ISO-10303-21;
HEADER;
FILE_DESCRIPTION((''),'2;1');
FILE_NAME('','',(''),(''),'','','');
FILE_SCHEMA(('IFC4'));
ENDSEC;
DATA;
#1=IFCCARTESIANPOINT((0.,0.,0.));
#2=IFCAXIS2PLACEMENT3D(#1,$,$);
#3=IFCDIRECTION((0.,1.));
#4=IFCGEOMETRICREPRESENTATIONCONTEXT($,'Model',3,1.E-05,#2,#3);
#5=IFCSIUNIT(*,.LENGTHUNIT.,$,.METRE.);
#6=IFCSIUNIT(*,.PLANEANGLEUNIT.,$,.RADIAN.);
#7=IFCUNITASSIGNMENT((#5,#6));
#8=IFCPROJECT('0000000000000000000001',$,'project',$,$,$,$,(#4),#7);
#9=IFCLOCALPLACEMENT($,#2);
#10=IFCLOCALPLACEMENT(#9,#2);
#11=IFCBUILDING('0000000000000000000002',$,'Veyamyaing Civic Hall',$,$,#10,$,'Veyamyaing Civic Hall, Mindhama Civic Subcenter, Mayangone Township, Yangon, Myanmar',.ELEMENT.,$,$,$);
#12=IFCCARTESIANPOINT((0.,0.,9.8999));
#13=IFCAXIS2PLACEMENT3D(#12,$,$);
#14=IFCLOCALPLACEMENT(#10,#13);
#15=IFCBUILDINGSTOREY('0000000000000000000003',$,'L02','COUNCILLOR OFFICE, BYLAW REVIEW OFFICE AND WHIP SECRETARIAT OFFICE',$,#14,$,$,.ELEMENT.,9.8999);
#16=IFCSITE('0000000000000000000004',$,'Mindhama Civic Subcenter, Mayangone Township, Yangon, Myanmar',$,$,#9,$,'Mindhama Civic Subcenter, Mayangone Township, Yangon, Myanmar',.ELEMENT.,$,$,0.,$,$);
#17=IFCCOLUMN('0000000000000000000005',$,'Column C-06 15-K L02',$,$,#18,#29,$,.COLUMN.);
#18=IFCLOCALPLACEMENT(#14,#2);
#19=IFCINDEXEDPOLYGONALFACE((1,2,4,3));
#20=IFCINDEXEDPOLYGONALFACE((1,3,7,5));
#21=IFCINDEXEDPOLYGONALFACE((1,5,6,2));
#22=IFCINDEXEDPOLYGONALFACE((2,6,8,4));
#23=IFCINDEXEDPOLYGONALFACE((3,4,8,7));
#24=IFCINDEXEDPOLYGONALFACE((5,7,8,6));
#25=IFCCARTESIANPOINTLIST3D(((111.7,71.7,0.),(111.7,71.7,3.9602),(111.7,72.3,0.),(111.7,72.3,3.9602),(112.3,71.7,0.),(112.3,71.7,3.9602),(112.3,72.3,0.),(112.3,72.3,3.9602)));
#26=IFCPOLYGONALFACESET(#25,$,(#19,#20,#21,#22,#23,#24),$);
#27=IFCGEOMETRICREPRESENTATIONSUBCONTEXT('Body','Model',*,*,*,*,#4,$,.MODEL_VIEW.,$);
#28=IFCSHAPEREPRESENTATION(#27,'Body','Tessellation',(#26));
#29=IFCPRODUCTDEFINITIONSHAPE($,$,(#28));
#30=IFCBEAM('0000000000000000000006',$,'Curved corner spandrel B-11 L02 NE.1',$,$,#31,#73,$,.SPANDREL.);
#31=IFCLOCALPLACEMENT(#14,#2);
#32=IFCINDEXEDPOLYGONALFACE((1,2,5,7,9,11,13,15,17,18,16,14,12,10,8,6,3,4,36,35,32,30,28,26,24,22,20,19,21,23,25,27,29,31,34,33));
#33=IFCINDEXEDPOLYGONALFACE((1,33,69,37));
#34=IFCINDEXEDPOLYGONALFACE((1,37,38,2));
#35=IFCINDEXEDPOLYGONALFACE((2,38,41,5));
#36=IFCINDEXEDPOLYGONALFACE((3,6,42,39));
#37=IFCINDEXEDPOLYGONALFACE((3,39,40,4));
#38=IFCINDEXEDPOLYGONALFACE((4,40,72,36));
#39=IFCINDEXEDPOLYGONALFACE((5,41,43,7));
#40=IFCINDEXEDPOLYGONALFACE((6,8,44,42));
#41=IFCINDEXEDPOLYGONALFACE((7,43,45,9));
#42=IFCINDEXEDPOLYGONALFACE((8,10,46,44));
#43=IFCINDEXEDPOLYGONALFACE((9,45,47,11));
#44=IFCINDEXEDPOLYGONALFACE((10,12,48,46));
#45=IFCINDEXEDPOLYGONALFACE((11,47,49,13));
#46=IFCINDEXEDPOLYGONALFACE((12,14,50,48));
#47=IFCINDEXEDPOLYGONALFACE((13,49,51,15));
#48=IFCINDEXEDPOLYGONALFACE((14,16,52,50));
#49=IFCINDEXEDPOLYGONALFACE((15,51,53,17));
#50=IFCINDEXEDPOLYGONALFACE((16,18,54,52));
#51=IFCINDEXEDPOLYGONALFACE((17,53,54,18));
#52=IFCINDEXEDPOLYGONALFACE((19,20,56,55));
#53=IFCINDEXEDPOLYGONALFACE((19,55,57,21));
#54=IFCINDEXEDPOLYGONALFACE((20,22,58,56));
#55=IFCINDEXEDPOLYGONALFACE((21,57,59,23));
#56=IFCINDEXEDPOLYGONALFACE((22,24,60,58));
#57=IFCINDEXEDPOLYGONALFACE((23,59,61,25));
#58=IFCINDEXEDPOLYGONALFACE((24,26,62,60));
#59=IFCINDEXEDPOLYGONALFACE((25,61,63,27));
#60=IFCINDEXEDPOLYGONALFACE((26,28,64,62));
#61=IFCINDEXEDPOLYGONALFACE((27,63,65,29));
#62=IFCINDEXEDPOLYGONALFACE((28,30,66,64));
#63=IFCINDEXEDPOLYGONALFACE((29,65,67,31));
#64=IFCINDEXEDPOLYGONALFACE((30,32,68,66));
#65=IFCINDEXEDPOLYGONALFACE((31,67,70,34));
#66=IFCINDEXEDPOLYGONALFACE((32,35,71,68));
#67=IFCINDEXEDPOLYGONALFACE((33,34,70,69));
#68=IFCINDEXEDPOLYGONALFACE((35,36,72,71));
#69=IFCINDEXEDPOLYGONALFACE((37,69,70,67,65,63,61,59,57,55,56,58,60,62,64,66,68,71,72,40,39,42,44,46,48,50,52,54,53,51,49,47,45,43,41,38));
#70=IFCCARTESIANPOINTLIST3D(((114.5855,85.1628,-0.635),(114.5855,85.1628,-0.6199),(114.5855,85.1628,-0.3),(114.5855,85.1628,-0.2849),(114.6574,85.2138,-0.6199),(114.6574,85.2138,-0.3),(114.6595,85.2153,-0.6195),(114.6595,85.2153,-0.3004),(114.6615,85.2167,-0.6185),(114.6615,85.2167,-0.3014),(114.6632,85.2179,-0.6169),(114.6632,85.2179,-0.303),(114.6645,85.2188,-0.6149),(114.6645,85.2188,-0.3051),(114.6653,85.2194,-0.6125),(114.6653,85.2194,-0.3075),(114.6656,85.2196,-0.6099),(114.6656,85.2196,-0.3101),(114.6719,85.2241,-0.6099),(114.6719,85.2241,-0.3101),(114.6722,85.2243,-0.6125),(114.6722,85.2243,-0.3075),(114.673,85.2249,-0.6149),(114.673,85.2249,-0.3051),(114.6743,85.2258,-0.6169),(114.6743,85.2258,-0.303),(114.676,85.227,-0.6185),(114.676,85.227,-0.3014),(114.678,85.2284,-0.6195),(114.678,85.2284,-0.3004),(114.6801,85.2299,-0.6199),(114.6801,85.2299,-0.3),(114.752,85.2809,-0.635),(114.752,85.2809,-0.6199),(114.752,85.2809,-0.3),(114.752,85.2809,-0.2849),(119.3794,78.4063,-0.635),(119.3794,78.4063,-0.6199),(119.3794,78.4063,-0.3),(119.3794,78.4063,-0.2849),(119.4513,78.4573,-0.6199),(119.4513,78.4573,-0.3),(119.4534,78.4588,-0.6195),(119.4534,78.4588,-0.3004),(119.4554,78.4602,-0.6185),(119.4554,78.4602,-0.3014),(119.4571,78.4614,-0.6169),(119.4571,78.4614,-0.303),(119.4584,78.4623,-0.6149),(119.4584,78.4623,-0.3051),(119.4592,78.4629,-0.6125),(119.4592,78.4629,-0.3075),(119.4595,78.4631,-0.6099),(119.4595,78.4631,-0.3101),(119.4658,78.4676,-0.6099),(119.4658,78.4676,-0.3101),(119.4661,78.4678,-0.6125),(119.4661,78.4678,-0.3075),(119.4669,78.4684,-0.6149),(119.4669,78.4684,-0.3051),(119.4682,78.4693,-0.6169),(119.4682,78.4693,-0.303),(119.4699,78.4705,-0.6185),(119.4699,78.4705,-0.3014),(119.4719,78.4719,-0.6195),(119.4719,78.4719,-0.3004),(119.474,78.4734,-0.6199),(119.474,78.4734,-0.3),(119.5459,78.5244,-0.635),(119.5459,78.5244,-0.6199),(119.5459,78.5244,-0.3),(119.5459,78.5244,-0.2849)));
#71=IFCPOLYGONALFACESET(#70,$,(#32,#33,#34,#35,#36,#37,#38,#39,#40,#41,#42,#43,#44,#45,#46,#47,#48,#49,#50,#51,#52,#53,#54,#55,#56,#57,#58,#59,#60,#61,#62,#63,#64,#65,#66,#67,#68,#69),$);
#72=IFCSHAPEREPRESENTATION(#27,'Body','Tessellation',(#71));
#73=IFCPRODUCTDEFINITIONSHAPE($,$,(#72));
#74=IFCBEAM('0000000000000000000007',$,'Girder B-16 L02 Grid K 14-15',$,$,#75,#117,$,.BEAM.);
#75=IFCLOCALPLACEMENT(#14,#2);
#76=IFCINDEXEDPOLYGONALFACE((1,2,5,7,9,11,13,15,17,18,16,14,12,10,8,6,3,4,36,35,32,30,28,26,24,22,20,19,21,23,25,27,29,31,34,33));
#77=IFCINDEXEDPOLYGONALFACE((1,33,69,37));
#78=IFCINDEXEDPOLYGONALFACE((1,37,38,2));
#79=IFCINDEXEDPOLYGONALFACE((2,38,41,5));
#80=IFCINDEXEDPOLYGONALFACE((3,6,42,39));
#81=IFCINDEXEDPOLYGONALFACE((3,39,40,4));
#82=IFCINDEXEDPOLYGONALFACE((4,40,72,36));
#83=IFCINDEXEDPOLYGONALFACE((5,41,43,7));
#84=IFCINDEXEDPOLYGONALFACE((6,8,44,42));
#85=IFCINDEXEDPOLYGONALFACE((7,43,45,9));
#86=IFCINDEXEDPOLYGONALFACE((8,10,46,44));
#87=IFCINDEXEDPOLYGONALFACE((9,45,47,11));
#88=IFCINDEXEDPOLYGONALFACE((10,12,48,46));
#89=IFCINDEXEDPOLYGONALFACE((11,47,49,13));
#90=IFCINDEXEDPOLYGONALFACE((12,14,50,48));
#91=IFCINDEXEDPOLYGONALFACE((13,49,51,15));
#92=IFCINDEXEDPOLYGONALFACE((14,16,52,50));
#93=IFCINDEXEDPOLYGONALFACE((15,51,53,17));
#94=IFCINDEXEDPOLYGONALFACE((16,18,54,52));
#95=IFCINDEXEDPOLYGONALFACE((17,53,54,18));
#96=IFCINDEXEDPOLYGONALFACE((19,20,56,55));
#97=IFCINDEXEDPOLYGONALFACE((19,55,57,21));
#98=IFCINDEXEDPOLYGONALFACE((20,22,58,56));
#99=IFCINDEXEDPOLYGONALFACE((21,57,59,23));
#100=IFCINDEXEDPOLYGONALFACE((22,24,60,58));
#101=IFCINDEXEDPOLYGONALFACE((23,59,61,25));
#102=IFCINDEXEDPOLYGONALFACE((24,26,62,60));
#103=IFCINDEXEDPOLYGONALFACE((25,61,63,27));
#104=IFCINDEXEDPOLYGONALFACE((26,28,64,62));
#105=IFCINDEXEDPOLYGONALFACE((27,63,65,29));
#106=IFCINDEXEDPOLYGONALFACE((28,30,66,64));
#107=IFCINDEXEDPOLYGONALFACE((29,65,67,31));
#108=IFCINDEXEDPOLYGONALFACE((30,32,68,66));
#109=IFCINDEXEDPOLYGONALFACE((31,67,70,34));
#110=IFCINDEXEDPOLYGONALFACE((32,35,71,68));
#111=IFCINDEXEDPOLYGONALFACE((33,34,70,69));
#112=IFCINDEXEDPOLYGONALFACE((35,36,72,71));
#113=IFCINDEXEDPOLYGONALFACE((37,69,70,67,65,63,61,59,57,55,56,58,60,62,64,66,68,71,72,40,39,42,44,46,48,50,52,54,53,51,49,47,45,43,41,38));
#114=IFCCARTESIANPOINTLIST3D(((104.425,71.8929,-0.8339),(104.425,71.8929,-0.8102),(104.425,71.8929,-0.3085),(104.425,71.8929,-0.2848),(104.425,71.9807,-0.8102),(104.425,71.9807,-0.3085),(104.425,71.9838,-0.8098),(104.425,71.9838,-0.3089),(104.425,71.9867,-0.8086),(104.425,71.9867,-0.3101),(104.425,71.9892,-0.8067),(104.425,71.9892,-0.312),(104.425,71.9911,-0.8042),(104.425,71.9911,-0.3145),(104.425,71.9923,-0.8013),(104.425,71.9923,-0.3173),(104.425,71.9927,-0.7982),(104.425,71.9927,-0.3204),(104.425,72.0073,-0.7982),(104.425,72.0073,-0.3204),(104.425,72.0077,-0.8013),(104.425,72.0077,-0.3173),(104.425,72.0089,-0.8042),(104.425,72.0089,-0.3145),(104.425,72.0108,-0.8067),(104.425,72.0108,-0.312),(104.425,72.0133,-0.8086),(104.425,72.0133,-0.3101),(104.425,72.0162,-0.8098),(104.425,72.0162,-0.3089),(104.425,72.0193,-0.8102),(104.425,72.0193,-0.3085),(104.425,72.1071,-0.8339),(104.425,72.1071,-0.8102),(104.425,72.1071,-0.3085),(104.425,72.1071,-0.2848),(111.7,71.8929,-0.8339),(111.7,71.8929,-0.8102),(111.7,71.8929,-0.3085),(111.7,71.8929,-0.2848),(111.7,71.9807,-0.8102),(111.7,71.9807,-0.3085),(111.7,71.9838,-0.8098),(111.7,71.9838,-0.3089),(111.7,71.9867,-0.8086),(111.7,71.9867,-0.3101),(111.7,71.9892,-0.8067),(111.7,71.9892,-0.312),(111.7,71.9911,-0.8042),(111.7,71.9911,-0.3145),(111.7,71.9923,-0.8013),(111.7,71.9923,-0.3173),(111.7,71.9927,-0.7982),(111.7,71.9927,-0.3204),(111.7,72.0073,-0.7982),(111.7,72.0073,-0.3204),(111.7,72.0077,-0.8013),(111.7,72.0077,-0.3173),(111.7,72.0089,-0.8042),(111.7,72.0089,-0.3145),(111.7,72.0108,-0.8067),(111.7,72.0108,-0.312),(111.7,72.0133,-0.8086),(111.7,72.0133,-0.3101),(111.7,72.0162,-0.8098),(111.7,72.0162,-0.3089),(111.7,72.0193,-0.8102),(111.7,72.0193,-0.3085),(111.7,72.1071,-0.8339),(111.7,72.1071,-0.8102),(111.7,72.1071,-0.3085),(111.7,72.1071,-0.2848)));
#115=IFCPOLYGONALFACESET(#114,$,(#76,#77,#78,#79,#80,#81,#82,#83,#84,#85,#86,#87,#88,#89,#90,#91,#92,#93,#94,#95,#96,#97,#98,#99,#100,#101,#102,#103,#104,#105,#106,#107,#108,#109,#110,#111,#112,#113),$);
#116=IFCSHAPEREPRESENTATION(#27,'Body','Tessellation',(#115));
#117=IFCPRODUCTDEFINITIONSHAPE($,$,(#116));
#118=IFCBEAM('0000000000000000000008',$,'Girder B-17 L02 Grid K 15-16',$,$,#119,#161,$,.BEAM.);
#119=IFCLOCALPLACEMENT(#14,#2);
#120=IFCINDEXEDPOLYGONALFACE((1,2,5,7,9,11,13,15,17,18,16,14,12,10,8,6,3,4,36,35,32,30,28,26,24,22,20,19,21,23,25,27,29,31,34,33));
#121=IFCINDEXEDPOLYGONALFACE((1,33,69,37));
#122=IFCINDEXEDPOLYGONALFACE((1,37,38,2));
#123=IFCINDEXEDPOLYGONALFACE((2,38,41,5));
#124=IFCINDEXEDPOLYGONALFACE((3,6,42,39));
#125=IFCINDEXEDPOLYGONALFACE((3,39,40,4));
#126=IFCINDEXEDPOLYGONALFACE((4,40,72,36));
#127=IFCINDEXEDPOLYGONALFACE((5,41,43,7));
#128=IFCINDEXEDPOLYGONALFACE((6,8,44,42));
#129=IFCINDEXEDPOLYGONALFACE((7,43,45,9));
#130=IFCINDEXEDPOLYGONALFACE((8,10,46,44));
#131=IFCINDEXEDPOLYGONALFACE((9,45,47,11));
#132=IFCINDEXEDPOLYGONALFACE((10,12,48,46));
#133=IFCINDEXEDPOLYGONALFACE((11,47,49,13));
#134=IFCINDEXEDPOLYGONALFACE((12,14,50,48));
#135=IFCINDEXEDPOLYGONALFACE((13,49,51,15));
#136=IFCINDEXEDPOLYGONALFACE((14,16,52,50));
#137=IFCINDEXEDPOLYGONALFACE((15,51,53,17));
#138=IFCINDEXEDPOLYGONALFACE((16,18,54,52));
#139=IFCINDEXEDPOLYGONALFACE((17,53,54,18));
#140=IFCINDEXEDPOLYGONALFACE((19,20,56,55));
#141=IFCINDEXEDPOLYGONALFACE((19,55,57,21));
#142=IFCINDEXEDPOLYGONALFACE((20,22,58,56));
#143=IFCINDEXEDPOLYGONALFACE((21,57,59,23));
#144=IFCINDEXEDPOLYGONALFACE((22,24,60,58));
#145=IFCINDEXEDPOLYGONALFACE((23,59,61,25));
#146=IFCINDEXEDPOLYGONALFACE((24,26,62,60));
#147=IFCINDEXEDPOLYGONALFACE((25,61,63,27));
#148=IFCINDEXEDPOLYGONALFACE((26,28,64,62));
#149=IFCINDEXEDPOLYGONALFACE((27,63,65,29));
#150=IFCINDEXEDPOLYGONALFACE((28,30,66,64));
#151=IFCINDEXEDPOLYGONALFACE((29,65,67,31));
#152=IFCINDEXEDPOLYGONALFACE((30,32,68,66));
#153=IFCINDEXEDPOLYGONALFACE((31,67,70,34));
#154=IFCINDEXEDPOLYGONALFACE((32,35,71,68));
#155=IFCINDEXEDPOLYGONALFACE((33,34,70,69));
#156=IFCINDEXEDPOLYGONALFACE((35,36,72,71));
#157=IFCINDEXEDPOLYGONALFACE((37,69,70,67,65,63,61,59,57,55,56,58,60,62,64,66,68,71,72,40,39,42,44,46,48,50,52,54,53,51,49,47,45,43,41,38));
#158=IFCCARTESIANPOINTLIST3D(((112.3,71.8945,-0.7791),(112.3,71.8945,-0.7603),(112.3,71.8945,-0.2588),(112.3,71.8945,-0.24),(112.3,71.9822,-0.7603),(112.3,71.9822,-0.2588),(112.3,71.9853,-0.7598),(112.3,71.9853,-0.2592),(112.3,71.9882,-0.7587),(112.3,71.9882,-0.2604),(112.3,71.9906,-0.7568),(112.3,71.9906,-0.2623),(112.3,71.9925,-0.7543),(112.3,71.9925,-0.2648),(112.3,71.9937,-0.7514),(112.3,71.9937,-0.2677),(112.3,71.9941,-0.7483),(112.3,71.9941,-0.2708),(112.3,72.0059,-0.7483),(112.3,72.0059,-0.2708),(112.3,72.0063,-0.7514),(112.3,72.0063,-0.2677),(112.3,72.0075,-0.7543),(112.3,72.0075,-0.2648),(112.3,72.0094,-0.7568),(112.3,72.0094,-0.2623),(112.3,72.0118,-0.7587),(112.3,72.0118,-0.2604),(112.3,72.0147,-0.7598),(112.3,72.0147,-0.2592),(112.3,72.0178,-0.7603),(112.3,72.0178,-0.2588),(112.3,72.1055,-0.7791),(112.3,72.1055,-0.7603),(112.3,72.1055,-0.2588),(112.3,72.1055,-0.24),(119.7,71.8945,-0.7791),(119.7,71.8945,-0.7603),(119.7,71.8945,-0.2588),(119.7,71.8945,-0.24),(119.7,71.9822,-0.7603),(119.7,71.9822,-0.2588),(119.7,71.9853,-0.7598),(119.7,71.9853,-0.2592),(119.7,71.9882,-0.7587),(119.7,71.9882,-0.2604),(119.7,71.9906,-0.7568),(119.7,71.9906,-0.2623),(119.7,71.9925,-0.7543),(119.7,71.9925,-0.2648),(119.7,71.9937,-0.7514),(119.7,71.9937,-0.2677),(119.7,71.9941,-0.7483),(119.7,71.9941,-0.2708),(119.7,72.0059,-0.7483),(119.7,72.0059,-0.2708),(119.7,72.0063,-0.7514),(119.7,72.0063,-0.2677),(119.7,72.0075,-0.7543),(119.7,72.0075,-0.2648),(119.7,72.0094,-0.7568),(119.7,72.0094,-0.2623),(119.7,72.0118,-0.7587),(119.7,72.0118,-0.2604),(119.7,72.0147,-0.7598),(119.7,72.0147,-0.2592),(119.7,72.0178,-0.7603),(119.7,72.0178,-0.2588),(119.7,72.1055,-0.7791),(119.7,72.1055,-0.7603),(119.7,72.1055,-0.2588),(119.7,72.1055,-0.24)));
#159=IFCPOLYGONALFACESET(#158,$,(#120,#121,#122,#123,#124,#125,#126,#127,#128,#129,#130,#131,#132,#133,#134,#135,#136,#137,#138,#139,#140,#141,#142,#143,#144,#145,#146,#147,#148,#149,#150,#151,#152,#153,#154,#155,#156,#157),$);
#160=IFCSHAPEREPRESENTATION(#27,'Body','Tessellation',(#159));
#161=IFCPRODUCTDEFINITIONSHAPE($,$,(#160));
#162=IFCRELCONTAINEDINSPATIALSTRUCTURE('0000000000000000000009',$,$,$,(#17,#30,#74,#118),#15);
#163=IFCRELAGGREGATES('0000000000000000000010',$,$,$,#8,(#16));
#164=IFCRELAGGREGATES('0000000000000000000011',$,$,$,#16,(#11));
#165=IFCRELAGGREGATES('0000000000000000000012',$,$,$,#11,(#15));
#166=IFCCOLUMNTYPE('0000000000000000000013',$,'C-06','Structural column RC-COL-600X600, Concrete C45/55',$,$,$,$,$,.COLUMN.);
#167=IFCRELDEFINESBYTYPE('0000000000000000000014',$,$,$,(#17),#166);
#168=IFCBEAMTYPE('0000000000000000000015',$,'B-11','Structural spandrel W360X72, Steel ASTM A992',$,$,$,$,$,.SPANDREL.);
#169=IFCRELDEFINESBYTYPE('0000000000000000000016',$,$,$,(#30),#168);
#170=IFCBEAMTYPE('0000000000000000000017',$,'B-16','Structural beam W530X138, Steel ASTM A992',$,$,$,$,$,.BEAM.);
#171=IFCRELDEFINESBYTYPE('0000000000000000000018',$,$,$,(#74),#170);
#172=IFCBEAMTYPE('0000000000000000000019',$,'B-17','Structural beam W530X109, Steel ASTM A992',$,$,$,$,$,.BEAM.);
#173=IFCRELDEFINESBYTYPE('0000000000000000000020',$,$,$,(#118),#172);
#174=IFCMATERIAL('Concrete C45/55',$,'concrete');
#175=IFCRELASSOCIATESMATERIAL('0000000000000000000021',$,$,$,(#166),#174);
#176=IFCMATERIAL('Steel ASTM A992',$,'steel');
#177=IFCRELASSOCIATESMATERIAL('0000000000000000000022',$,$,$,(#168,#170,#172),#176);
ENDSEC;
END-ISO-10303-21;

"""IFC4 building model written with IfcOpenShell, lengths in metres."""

from ifc_helpers import new_model, si_unit, direction, frame, origin, origin_2d, place, context, subcontext, project, spatial, rectangle, i_section, extrude, material, material_profile, profile_set, type_object, element, save


model = new_model("IFC4")

# Units and contexts
model_context = context("Model", 3, precision=1e-05, world=origin(), true_north=direction((0.0, 1.0)))
body_context = subcontext(model_context, "Body", "Model", "MODEL_VIEW")
ifc_project = project(units=[si_unit("LENGTHUNIT", "METRE"), si_unit("PLANEANGLEUNIT", "RADIAN")], contexts=[model_context])

# Site, building, storey
site_placement = place(None, origin())
site = spatial("IfcSite", under=ifc_project, at=site_placement, Name="Mindhama Civic Subcenter, Mayangone Township, Yangon, Myanmar", LongName="Mindhama Civic Subcenter, Mayangone Township, Yangon, Myanmar", CompositionType="ELEMENT", RefElevation=0.0)
building_placement = place(site_placement, origin())
building = spatial("IfcBuilding", under=site, at=building_placement, Name="Veyamyaing Civic Hall", LongName="Veyamyaing Civic Hall, Mindhama Civic Subcenter, Mayangone Township, Yangon, Myanmar", CompositionType="ELEMENT")
storey_placement = place(building_placement, frame((0.0, 0.0, 9.8999)))
storey = spatial("IfcBuildingStorey", under=building, at=storey_placement, Name="L02", Description="COUNCILLOR OFFICE, BYLAW REVIEW OFFICE AND WHIP SECRETARIAT OFFICE", CompositionType="ELEMENT", Elevation=9.8999)

# Column
ifc_material_1 = material(Name="Concrete C45/55", Category="concrete")
ifc_material_profile_1 = material_profile(ifc_material_1, rectangle(XDim=0.6001, YDim=0.6001, at=origin_2d()), Name="RC-COL-600X600")
ifc_profile_set_1 = profile_set([ifc_material_profile_1], Name="Concrete C45/55")
column_type = type_object("IfcColumnType", Name="C-06", Description="Structural column RC-COL-600X600, Concrete C45/55", PredefinedType="COLUMN", material=ifc_profile_set_1)
column_placement = place(storey_placement, frame((112.0, 72.0, 0.0), z_axis=(0.0, 0.0, 1.0), x_axis=(1.0, 0.0, 0.0)))
element("IfcColumn", 1, at=column_placement, inside=storey, type_object=column_type, Name="Column C-06 15-K L02", PredefinedType="COLUMN", context=body_context, shape_type="SweptSolid", body=[
    extrude(rectangle(XDim=0.6001, YDim=0.6001, at=origin_2d()), origin(), (0.0, 0.0, 1.0), 3.9602),
])

# Beams
ifc_material_2 = material(Name="Steel ASTM A992", Category="steel")
ifc_material_profile_2 = material_profile(ifc_material_2, i_section(OverallWidth=0.2041, OverallDepth=0.3501, WebThickness=0.0078, FlangeThickness=0.0151, FilletRadius=0.01, at=origin_2d()), Name="W360X72")
ifc_profile_set_2 = profile_set([ifc_material_profile_2], Name="Steel ASTM A992")
beam_type_1 = type_object("IfcBeamType", Name="B-11", Description="Structural spandrel W360X72, Steel ASTM A992", PredefinedType="SPANDREL", material=ifc_profile_set_2)
beam_1_placement = place(storey_placement, frame((119.4626, 78.4653, -0.46), z_axis=(-0.578662, 0.815567, 0.0), x_axis=(-0.815567, -0.578662, 0.0)))
element("IfcBeam", 2, at=beam_1_placement, inside=storey, type_object=beam_type_1, Name="Curved corner spandrel B-11 L02 NE.1", PredefinedType="SPANDREL", context=body_context, shape_type="SweptSolid", body=[
    extrude(i_section(OverallWidth=0.2041, OverallDepth=0.3501, WebThickness=0.0078, FlangeThickness=0.0151, FilletRadius=0.01, at=origin_2d()), origin(), (0.0, 0.0, 1.0), 8.2844),
])
ifc_material_profile_3 = material_profile(ifc_material_2, i_section(OverallWidth=0.2141, OverallDepth=0.5491, WebThickness=0.0146, FlangeThickness=0.0237, FilletRadius=0.012, at=origin_2d()), Name="W530X138")
ifc_profile_set_3 = profile_set([ifc_material_profile_3], Name="Steel ASTM A992")
beam_type_2 = type_object("IfcBeamType", Name="B-16", Description="Structural beam W530X138, Steel ASTM A992", PredefinedType="BEAM", material=ifc_profile_set_3)
beam_2_placement = place(storey_placement, frame((104.425, 72.0, -0.5593), z_axis=(1.0, 0.0, 0.0), x_axis=(0.0, 1.0, 0.0)))
element("IfcBeam", 3, at=beam_2_placement, inside=storey, type_object=beam_type_2, Name="Girder B-16 L02 Grid K 14-15", PredefinedType="BEAM", context=body_context, shape_type="SweptSolid", body=[
    extrude(i_section(OverallWidth=0.2141, OverallDepth=0.5491, WebThickness=0.0146, FlangeThickness=0.0237, FilletRadius=0.012, at=origin_2d()), origin(), (0.0, 0.0, 1.0), 7.2749),
])
ifc_material_profile_4 = material_profile(ifc_material_2, i_section(OverallWidth=0.2109, OverallDepth=0.5391, WebThickness=0.0117, FlangeThickness=0.0188, FilletRadius=0.012, at=origin_2d()), Name="W530X109")
ifc_profile_set_4 = profile_set([ifc_material_profile_4], Name="Steel ASTM A992")
beam_type_3 = type_object("IfcBeamType", Name="B-17", Description="Structural beam W530X109, Steel ASTM A992", PredefinedType="BEAM", material=ifc_profile_set_4)
beam_3_placement = place(storey_placement, frame((112.3, 72.0, -0.5095), z_axis=(1.0, 0.0, 0.0), x_axis=(0.0, 1.0, 0.0)))
element("IfcBeam", 4, at=beam_3_placement, inside=storey, type_object=beam_type_3, Name="Girder B-17 L02 Grid K 15-16", PredefinedType="BEAM", context=body_context, shape_type="SweptSolid", body=[
    extrude(i_section(OverallWidth=0.2109, OverallDepth=0.5391, WebThickness=0.0117, FlangeThickness=0.0188, FilletRadius=0.012, at=origin_2d()), origin(), (0.0, 0.0, 1.0), 7.3999),
])

save(model, "model.ifc")
